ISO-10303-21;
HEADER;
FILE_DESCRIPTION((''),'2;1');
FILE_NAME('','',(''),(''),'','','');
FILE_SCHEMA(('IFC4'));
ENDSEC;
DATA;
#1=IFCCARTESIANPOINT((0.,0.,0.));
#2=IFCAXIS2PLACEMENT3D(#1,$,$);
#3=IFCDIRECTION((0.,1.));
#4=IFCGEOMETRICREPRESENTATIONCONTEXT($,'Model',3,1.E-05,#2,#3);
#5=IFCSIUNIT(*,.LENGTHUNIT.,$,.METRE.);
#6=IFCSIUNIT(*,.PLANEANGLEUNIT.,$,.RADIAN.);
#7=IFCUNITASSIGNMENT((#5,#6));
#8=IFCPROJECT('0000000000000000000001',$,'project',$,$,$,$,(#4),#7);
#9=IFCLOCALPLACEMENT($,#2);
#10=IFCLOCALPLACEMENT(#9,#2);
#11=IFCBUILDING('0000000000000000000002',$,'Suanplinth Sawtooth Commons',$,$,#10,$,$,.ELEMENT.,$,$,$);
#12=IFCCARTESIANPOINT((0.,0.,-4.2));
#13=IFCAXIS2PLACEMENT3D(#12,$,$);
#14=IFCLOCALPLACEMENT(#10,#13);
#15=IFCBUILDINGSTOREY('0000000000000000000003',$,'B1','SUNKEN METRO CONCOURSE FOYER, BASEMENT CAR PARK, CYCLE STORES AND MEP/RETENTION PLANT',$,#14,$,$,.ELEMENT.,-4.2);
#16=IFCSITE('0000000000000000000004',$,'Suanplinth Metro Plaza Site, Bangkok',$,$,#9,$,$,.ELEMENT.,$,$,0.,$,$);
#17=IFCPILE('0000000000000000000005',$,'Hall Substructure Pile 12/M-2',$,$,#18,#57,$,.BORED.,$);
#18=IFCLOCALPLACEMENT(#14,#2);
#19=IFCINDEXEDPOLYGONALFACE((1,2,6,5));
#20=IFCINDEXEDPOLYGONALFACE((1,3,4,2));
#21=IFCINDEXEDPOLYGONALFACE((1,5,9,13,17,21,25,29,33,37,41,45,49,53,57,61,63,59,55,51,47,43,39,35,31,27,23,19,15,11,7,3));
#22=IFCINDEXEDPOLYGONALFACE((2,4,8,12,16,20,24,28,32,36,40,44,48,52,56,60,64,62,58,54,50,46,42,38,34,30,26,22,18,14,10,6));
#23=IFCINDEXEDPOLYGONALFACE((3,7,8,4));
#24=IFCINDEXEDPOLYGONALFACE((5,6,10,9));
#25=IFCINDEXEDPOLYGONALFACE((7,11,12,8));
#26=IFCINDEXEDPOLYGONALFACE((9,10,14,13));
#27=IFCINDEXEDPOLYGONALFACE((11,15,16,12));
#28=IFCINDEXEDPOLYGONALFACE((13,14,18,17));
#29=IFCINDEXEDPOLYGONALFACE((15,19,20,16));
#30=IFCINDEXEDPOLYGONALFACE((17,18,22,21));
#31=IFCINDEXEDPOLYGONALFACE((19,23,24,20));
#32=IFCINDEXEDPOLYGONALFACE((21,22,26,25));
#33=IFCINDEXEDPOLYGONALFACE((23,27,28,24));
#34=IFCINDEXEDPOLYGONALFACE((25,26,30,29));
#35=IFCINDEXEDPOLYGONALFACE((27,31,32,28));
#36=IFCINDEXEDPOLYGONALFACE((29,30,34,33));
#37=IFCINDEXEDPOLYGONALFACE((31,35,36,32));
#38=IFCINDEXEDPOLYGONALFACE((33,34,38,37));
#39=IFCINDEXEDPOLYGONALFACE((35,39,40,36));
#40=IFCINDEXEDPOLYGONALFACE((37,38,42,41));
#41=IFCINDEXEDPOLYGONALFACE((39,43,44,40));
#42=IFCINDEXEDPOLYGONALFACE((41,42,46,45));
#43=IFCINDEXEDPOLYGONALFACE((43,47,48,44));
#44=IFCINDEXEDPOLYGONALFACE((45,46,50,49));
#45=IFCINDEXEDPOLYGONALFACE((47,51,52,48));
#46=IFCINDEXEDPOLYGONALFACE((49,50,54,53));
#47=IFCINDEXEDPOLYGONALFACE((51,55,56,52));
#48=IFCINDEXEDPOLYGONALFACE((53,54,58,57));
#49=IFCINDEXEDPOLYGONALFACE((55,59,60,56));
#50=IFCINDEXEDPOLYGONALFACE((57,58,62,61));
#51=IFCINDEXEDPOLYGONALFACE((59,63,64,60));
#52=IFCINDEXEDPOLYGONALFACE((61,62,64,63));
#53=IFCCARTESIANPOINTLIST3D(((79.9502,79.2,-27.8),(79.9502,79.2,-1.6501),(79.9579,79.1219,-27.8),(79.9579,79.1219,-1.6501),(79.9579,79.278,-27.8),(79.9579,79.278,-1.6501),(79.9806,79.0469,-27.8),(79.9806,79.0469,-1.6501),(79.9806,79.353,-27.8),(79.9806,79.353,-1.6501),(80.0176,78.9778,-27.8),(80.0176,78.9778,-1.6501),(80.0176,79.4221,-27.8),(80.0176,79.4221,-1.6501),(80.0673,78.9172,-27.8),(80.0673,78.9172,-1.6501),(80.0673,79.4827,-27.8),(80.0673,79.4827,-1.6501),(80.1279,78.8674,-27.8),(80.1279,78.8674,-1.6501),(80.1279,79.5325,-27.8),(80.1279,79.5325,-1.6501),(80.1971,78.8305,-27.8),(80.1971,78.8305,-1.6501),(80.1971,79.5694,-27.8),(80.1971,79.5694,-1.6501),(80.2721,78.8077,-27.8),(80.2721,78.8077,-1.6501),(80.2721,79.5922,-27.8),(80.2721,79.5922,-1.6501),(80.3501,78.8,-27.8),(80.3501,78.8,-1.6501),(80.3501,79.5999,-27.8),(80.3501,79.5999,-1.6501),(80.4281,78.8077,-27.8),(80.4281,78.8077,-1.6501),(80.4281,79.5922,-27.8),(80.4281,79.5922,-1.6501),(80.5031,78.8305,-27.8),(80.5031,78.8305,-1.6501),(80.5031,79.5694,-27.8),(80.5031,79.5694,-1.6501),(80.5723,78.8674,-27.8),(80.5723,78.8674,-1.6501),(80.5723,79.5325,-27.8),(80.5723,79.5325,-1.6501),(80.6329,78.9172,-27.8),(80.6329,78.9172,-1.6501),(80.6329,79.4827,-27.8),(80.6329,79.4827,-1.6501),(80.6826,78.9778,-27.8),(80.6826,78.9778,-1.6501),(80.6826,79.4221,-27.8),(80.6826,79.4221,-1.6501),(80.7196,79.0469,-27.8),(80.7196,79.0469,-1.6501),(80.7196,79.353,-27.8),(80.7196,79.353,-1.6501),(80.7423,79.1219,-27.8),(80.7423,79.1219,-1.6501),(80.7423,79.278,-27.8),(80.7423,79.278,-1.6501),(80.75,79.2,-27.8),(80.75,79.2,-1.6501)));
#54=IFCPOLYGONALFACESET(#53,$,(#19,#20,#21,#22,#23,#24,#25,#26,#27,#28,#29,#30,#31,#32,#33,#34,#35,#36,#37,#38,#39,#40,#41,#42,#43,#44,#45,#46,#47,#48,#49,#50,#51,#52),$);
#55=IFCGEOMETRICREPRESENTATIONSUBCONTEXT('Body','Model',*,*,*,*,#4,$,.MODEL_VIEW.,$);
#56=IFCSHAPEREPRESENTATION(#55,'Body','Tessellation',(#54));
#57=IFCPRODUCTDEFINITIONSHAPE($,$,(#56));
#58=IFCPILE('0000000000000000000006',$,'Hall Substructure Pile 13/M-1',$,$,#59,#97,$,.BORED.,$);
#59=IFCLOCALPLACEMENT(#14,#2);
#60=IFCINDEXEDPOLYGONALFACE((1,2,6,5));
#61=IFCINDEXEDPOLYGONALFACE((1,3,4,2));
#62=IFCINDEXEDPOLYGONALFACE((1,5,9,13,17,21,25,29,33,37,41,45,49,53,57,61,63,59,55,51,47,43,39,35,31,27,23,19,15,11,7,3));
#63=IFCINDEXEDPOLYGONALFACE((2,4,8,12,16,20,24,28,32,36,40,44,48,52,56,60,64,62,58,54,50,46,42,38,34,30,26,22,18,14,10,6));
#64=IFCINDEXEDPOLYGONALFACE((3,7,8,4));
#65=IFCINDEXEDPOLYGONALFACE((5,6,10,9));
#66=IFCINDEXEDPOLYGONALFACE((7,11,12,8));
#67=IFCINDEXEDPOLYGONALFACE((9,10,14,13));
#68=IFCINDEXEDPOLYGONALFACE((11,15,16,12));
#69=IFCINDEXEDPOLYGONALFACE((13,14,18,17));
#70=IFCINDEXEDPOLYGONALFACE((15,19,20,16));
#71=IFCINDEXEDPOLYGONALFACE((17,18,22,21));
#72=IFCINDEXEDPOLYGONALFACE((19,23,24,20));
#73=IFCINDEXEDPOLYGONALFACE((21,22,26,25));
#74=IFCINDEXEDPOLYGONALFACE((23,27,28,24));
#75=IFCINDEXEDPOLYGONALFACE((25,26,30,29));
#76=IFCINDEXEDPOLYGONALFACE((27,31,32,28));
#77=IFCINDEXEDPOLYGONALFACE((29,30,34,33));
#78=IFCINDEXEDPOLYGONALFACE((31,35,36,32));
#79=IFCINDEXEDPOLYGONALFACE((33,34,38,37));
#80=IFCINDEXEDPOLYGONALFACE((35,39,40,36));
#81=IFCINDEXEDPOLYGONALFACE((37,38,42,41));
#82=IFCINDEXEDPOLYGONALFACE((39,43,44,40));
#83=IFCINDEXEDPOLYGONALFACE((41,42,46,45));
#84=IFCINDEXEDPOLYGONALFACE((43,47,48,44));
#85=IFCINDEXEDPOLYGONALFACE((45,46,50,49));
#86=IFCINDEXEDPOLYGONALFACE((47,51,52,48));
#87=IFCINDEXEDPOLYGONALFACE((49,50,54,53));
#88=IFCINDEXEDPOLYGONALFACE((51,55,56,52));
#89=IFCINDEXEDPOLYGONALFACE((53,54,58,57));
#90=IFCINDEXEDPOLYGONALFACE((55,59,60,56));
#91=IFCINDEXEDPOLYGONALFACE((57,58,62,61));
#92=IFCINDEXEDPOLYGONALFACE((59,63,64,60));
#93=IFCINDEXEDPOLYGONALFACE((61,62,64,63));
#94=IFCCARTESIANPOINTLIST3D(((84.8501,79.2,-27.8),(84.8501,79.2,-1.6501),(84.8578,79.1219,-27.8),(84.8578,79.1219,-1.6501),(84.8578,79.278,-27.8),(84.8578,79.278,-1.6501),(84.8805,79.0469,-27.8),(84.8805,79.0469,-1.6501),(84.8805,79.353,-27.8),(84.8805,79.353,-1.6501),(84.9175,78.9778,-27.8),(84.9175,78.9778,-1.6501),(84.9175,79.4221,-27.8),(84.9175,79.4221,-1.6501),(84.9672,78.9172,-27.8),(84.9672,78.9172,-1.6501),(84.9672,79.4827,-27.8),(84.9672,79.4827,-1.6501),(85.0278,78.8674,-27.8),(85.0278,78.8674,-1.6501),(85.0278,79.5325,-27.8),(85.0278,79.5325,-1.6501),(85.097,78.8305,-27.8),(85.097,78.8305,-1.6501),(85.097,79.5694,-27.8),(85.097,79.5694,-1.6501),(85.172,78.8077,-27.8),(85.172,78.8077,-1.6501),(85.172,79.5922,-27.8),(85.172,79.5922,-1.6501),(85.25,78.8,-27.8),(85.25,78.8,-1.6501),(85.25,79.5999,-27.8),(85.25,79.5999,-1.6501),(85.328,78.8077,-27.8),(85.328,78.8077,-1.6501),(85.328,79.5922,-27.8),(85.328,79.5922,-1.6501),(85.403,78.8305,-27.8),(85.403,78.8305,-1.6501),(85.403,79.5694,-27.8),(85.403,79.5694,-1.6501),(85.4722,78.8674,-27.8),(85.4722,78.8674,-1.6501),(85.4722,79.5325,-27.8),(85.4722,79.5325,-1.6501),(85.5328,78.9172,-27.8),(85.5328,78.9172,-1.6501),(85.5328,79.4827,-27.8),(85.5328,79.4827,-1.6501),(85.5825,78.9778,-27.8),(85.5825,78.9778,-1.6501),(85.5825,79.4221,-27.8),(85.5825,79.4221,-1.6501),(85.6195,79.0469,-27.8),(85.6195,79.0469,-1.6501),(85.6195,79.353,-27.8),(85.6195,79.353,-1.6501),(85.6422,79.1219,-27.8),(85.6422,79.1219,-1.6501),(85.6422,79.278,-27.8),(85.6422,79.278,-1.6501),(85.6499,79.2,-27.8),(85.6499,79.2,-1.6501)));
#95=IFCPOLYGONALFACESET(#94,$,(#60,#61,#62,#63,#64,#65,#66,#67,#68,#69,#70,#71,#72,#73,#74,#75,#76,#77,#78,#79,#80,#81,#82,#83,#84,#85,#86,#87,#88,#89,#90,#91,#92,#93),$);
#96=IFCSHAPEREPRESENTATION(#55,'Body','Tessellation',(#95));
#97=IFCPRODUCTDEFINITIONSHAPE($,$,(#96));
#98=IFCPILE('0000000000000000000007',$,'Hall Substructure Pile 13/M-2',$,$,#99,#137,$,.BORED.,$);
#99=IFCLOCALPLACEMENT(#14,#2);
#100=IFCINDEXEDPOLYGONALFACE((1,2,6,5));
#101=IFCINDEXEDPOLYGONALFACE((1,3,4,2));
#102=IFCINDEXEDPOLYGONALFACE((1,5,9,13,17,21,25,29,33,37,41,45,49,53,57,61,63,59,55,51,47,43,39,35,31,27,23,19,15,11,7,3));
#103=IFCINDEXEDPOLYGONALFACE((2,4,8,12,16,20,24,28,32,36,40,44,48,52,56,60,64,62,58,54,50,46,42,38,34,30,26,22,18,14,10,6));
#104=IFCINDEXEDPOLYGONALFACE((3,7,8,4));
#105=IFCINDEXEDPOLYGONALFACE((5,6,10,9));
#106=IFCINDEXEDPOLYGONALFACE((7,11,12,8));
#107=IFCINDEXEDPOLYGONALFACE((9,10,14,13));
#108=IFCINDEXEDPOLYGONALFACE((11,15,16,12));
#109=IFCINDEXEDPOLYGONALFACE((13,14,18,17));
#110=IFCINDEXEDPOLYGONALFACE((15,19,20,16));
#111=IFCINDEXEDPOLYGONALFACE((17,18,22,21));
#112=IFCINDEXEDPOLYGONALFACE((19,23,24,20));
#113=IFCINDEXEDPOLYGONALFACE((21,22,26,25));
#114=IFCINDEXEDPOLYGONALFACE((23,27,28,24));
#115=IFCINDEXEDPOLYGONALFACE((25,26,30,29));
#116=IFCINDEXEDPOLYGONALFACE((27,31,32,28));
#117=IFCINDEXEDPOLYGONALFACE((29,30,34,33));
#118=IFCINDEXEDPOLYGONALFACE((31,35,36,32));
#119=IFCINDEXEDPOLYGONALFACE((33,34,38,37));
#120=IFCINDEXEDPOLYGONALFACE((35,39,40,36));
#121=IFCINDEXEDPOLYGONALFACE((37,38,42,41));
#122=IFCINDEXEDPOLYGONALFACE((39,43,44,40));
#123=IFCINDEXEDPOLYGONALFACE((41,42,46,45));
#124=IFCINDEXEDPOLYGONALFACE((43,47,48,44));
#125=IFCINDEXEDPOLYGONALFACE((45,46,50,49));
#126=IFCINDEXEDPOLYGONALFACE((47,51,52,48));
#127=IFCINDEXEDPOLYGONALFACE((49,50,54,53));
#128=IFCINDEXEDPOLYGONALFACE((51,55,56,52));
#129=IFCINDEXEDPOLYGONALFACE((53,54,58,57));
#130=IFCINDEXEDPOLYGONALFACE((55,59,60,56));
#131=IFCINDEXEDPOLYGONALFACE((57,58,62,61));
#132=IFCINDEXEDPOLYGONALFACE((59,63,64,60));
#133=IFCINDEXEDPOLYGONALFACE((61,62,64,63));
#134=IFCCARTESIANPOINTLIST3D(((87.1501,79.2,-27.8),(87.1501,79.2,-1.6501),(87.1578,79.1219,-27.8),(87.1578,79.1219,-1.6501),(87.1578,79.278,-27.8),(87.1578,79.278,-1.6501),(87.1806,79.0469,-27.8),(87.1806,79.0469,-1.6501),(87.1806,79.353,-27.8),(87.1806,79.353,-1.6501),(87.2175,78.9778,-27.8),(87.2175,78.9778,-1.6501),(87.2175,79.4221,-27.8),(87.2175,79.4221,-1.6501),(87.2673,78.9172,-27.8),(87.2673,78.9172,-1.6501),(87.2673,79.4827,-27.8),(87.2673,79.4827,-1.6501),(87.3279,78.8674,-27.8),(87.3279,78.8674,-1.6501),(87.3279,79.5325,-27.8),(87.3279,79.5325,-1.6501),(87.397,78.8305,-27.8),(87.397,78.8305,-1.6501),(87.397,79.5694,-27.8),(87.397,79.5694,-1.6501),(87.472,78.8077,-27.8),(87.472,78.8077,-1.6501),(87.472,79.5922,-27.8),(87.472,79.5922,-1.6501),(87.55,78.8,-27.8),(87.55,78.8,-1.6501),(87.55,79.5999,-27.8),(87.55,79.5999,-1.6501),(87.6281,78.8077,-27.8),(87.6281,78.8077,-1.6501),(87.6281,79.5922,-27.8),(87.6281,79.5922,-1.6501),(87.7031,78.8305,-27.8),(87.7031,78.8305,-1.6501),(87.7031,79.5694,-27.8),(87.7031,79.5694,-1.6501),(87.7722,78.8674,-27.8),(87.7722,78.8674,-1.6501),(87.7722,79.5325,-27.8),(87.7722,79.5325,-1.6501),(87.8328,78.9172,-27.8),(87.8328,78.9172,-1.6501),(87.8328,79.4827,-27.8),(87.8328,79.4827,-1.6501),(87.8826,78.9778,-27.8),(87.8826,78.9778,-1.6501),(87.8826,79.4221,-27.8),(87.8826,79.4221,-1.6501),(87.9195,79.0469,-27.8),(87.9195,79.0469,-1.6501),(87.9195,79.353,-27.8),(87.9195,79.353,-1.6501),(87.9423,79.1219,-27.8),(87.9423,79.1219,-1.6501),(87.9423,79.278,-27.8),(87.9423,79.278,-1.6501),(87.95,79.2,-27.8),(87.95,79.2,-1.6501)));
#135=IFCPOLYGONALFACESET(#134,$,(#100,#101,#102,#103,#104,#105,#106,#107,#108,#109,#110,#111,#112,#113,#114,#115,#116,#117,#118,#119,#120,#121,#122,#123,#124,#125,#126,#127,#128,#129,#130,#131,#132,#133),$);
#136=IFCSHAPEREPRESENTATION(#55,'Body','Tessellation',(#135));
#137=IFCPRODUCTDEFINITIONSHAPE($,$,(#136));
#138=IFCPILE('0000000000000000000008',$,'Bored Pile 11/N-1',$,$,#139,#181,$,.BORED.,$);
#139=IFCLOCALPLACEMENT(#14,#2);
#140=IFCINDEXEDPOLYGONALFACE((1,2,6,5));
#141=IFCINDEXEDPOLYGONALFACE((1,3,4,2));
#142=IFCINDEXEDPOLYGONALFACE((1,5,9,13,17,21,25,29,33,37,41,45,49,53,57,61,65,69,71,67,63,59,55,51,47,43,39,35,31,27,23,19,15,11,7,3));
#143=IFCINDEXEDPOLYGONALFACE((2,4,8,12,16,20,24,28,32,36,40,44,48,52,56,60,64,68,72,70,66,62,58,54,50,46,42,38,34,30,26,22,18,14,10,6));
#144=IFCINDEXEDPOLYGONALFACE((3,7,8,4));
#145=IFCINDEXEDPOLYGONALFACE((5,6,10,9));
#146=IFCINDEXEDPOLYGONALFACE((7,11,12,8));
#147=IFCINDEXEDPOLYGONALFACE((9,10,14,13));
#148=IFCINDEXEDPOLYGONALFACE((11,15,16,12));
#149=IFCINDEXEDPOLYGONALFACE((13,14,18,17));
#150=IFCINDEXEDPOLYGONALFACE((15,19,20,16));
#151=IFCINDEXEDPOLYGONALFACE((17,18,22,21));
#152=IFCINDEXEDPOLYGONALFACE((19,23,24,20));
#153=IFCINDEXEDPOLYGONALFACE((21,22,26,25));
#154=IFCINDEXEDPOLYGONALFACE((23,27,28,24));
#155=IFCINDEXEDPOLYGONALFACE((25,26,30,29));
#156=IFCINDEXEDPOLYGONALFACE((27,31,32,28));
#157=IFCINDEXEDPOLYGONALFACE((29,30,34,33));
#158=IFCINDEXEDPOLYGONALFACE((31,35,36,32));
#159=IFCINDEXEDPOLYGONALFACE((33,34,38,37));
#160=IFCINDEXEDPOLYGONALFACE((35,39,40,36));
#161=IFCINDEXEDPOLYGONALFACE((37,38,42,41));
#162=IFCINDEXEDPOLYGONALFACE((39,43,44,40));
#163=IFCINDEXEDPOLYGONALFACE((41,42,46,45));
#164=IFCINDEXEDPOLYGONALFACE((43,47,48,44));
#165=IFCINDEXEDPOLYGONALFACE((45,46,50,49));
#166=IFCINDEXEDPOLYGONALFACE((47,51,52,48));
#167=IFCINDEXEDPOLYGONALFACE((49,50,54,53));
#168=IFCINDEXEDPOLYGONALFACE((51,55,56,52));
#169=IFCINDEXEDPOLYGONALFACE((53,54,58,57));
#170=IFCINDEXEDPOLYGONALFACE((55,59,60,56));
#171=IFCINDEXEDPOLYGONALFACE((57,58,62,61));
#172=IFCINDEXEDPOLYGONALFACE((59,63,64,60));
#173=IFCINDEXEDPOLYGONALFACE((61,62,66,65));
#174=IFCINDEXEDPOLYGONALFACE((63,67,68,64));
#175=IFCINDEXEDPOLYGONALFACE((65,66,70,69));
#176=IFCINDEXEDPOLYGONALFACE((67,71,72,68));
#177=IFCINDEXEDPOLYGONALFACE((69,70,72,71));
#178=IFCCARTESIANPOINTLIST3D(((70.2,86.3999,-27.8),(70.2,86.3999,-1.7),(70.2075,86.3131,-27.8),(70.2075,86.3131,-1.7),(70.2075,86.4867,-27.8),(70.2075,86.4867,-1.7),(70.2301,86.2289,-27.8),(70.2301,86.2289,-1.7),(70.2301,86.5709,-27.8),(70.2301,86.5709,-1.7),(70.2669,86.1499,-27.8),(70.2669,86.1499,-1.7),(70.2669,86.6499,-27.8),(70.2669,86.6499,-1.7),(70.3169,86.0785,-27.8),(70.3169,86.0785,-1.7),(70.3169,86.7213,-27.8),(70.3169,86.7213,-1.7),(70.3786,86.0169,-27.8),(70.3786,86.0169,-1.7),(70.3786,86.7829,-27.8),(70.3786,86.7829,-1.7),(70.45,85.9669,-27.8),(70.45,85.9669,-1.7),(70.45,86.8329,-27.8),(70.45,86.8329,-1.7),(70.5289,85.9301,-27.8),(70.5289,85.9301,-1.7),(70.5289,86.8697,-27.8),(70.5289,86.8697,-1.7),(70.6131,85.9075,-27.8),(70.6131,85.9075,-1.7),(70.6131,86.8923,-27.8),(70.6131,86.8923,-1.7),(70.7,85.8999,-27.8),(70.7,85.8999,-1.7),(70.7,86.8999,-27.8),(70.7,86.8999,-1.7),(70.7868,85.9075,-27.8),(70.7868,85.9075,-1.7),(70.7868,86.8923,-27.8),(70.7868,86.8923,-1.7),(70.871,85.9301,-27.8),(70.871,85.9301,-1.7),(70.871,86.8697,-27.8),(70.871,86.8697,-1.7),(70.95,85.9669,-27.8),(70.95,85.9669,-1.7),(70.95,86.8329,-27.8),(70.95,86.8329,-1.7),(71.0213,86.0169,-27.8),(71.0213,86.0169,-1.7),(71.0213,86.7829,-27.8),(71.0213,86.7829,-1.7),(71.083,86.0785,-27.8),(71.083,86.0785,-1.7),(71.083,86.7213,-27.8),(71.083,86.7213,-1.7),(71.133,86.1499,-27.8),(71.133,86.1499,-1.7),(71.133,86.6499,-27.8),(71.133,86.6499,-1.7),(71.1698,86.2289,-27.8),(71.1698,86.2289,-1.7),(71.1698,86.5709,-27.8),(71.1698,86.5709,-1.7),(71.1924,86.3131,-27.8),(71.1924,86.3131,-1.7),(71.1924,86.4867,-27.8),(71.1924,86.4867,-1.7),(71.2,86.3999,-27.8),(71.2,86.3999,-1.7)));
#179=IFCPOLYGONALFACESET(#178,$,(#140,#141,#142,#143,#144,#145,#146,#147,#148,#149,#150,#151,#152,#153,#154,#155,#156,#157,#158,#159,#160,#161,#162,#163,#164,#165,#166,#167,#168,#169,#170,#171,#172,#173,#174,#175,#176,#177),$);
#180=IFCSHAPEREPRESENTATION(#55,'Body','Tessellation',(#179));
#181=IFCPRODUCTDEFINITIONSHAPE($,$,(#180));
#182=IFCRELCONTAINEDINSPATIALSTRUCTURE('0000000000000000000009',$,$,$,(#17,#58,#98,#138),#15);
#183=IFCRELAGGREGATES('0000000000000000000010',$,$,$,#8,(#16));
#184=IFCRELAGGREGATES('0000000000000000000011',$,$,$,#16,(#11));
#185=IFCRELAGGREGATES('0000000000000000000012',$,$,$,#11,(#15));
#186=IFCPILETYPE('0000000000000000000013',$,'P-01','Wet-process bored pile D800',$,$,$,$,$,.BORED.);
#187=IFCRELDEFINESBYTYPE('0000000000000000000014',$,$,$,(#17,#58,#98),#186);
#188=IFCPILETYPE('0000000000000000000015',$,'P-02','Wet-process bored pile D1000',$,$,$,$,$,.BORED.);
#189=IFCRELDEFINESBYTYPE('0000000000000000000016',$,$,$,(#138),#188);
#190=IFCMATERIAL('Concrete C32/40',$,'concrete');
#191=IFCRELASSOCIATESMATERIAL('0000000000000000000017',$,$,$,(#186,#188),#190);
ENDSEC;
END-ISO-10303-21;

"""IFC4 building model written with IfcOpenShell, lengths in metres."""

from ifc_helpers import new_model, si_unit, direction, frame, origin, origin_2d, place, context, subcontext, project, spatial, circle, extrude, material, material_profile, profile_set, type_object, element, save


model = new_model("IFC4")

# Units and contexts
model_context = context("Model", 3, precision=1e-05, world=origin(), true_north=direction((0.0, 1.0)))
body_context = subcontext(model_context, "Body", "Model", "MODEL_VIEW")
ifc_project = project(units=[si_unit("LENGTHUNIT", "METRE"), si_unit("PLANEANGLEUNIT", "RADIAN")], contexts=[model_context])

# Site, building, storey
site_placement = place(None, origin())
site = spatial("IfcSite", under=ifc_project, at=site_placement, Name="Suanplinth Metro Plaza Site, Bangkok", CompositionType="ELEMENT", RefElevation=0.0)
building_placement = place(site_placement, origin())
building = spatial("IfcBuilding", under=site, at=building_placement, Name="Suanplinth Sawtooth Commons", CompositionType="ELEMENT")
storey_placement = place(building_placement, frame((0.0, 0.0, -4.2)))
storey = spatial("IfcBuildingStorey", under=building, at=storey_placement, Name="B1", Description="SUNKEN METRO CONCOURSE FOYER, BASEMENT CAR PARK, CYCLE STORES AND MEP/RETENTION PLANT", CompositionType="ELEMENT", Elevation=-4.2)

# Piles
ifc_material_1 = material(Name="Concrete C32/40", Category="concrete")
ifc_material_profile_1 = material_profile(ifc_material_1, circle(Radius=0.3999, at=origin_2d()), Name="PILE D800")
ifc_profile_set_1 = profile_set([ifc_material_profile_1], Name="Concrete C32/40")
pile_type_1 = type_object("IfcPileType", Name="P-01", Description="Wet-process bored pile D800", PredefinedType="BORED", material=ifc_profile_set_1)
for number, where, z_axis, x_axis, name in (
    (1, (80.3501, 79.2, -1.6501), (0.0, 0.0, -1.0), (1.0, 0.0, 0.0), "Hall Substructure Pile 12/M-2"),
    (2, (85.25, 79.2, -1.6501), (0.0, 0.0, -1.0), (1.0, 0.0, 0.0), "Hall Substructure Pile 13/M-1"),
    (3, (87.55, 79.2, -1.6501), (0.0, 0.0, -1.0), (1.0, 0.0, 0.0), "Hall Substructure Pile 13/M-2"),
):
    element("IfcPile", number, at=place(storey_placement, frame(where, z_axis=z_axis, x_axis=x_axis)), inside=storey, type_object=pile_type_1, Name=name, PredefinedType="BORED", context=body_context, shape_type="SweptSolid", body=[
        extrude(circle(Radius=0.3999, at=origin_2d()), origin(), (0.0, 0.0, 1.0), 26.1499),
    ])
ifc_material_profile_2 = material_profile(ifc_material_1, circle(Radius=0.5, at=origin_2d()), Name="PILE D1000")
ifc_profile_set_2 = profile_set([ifc_material_profile_2], Name="Concrete C32/40")
pile_type_2 = type_object("IfcPileType", Name="P-02", Description="Wet-process bored pile D1000", PredefinedType="BORED", material=ifc_profile_set_2)
for number, where, z_axis, x_axis, name in (
    (4, (70.7, 86.3999, -1.7), (0.0, 0.0, -1.0), (1.0, 0.0, 0.0), "Bored Pile 11/N-1"),
):
    element("IfcPile", number, at=place(storey_placement, frame(where, z_axis=z_axis, x_axis=x_axis)), inside=storey, type_object=pile_type_2, Name=name, PredefinedType="BORED", context=body_context, shape_type="SweptSolid", body=[
        extrude(circle(Radius=0.5, at=origin_2d()), origin(), (0.0, 0.0, 1.0), 26.1001),
    ])

save(model, "model.ifc")
